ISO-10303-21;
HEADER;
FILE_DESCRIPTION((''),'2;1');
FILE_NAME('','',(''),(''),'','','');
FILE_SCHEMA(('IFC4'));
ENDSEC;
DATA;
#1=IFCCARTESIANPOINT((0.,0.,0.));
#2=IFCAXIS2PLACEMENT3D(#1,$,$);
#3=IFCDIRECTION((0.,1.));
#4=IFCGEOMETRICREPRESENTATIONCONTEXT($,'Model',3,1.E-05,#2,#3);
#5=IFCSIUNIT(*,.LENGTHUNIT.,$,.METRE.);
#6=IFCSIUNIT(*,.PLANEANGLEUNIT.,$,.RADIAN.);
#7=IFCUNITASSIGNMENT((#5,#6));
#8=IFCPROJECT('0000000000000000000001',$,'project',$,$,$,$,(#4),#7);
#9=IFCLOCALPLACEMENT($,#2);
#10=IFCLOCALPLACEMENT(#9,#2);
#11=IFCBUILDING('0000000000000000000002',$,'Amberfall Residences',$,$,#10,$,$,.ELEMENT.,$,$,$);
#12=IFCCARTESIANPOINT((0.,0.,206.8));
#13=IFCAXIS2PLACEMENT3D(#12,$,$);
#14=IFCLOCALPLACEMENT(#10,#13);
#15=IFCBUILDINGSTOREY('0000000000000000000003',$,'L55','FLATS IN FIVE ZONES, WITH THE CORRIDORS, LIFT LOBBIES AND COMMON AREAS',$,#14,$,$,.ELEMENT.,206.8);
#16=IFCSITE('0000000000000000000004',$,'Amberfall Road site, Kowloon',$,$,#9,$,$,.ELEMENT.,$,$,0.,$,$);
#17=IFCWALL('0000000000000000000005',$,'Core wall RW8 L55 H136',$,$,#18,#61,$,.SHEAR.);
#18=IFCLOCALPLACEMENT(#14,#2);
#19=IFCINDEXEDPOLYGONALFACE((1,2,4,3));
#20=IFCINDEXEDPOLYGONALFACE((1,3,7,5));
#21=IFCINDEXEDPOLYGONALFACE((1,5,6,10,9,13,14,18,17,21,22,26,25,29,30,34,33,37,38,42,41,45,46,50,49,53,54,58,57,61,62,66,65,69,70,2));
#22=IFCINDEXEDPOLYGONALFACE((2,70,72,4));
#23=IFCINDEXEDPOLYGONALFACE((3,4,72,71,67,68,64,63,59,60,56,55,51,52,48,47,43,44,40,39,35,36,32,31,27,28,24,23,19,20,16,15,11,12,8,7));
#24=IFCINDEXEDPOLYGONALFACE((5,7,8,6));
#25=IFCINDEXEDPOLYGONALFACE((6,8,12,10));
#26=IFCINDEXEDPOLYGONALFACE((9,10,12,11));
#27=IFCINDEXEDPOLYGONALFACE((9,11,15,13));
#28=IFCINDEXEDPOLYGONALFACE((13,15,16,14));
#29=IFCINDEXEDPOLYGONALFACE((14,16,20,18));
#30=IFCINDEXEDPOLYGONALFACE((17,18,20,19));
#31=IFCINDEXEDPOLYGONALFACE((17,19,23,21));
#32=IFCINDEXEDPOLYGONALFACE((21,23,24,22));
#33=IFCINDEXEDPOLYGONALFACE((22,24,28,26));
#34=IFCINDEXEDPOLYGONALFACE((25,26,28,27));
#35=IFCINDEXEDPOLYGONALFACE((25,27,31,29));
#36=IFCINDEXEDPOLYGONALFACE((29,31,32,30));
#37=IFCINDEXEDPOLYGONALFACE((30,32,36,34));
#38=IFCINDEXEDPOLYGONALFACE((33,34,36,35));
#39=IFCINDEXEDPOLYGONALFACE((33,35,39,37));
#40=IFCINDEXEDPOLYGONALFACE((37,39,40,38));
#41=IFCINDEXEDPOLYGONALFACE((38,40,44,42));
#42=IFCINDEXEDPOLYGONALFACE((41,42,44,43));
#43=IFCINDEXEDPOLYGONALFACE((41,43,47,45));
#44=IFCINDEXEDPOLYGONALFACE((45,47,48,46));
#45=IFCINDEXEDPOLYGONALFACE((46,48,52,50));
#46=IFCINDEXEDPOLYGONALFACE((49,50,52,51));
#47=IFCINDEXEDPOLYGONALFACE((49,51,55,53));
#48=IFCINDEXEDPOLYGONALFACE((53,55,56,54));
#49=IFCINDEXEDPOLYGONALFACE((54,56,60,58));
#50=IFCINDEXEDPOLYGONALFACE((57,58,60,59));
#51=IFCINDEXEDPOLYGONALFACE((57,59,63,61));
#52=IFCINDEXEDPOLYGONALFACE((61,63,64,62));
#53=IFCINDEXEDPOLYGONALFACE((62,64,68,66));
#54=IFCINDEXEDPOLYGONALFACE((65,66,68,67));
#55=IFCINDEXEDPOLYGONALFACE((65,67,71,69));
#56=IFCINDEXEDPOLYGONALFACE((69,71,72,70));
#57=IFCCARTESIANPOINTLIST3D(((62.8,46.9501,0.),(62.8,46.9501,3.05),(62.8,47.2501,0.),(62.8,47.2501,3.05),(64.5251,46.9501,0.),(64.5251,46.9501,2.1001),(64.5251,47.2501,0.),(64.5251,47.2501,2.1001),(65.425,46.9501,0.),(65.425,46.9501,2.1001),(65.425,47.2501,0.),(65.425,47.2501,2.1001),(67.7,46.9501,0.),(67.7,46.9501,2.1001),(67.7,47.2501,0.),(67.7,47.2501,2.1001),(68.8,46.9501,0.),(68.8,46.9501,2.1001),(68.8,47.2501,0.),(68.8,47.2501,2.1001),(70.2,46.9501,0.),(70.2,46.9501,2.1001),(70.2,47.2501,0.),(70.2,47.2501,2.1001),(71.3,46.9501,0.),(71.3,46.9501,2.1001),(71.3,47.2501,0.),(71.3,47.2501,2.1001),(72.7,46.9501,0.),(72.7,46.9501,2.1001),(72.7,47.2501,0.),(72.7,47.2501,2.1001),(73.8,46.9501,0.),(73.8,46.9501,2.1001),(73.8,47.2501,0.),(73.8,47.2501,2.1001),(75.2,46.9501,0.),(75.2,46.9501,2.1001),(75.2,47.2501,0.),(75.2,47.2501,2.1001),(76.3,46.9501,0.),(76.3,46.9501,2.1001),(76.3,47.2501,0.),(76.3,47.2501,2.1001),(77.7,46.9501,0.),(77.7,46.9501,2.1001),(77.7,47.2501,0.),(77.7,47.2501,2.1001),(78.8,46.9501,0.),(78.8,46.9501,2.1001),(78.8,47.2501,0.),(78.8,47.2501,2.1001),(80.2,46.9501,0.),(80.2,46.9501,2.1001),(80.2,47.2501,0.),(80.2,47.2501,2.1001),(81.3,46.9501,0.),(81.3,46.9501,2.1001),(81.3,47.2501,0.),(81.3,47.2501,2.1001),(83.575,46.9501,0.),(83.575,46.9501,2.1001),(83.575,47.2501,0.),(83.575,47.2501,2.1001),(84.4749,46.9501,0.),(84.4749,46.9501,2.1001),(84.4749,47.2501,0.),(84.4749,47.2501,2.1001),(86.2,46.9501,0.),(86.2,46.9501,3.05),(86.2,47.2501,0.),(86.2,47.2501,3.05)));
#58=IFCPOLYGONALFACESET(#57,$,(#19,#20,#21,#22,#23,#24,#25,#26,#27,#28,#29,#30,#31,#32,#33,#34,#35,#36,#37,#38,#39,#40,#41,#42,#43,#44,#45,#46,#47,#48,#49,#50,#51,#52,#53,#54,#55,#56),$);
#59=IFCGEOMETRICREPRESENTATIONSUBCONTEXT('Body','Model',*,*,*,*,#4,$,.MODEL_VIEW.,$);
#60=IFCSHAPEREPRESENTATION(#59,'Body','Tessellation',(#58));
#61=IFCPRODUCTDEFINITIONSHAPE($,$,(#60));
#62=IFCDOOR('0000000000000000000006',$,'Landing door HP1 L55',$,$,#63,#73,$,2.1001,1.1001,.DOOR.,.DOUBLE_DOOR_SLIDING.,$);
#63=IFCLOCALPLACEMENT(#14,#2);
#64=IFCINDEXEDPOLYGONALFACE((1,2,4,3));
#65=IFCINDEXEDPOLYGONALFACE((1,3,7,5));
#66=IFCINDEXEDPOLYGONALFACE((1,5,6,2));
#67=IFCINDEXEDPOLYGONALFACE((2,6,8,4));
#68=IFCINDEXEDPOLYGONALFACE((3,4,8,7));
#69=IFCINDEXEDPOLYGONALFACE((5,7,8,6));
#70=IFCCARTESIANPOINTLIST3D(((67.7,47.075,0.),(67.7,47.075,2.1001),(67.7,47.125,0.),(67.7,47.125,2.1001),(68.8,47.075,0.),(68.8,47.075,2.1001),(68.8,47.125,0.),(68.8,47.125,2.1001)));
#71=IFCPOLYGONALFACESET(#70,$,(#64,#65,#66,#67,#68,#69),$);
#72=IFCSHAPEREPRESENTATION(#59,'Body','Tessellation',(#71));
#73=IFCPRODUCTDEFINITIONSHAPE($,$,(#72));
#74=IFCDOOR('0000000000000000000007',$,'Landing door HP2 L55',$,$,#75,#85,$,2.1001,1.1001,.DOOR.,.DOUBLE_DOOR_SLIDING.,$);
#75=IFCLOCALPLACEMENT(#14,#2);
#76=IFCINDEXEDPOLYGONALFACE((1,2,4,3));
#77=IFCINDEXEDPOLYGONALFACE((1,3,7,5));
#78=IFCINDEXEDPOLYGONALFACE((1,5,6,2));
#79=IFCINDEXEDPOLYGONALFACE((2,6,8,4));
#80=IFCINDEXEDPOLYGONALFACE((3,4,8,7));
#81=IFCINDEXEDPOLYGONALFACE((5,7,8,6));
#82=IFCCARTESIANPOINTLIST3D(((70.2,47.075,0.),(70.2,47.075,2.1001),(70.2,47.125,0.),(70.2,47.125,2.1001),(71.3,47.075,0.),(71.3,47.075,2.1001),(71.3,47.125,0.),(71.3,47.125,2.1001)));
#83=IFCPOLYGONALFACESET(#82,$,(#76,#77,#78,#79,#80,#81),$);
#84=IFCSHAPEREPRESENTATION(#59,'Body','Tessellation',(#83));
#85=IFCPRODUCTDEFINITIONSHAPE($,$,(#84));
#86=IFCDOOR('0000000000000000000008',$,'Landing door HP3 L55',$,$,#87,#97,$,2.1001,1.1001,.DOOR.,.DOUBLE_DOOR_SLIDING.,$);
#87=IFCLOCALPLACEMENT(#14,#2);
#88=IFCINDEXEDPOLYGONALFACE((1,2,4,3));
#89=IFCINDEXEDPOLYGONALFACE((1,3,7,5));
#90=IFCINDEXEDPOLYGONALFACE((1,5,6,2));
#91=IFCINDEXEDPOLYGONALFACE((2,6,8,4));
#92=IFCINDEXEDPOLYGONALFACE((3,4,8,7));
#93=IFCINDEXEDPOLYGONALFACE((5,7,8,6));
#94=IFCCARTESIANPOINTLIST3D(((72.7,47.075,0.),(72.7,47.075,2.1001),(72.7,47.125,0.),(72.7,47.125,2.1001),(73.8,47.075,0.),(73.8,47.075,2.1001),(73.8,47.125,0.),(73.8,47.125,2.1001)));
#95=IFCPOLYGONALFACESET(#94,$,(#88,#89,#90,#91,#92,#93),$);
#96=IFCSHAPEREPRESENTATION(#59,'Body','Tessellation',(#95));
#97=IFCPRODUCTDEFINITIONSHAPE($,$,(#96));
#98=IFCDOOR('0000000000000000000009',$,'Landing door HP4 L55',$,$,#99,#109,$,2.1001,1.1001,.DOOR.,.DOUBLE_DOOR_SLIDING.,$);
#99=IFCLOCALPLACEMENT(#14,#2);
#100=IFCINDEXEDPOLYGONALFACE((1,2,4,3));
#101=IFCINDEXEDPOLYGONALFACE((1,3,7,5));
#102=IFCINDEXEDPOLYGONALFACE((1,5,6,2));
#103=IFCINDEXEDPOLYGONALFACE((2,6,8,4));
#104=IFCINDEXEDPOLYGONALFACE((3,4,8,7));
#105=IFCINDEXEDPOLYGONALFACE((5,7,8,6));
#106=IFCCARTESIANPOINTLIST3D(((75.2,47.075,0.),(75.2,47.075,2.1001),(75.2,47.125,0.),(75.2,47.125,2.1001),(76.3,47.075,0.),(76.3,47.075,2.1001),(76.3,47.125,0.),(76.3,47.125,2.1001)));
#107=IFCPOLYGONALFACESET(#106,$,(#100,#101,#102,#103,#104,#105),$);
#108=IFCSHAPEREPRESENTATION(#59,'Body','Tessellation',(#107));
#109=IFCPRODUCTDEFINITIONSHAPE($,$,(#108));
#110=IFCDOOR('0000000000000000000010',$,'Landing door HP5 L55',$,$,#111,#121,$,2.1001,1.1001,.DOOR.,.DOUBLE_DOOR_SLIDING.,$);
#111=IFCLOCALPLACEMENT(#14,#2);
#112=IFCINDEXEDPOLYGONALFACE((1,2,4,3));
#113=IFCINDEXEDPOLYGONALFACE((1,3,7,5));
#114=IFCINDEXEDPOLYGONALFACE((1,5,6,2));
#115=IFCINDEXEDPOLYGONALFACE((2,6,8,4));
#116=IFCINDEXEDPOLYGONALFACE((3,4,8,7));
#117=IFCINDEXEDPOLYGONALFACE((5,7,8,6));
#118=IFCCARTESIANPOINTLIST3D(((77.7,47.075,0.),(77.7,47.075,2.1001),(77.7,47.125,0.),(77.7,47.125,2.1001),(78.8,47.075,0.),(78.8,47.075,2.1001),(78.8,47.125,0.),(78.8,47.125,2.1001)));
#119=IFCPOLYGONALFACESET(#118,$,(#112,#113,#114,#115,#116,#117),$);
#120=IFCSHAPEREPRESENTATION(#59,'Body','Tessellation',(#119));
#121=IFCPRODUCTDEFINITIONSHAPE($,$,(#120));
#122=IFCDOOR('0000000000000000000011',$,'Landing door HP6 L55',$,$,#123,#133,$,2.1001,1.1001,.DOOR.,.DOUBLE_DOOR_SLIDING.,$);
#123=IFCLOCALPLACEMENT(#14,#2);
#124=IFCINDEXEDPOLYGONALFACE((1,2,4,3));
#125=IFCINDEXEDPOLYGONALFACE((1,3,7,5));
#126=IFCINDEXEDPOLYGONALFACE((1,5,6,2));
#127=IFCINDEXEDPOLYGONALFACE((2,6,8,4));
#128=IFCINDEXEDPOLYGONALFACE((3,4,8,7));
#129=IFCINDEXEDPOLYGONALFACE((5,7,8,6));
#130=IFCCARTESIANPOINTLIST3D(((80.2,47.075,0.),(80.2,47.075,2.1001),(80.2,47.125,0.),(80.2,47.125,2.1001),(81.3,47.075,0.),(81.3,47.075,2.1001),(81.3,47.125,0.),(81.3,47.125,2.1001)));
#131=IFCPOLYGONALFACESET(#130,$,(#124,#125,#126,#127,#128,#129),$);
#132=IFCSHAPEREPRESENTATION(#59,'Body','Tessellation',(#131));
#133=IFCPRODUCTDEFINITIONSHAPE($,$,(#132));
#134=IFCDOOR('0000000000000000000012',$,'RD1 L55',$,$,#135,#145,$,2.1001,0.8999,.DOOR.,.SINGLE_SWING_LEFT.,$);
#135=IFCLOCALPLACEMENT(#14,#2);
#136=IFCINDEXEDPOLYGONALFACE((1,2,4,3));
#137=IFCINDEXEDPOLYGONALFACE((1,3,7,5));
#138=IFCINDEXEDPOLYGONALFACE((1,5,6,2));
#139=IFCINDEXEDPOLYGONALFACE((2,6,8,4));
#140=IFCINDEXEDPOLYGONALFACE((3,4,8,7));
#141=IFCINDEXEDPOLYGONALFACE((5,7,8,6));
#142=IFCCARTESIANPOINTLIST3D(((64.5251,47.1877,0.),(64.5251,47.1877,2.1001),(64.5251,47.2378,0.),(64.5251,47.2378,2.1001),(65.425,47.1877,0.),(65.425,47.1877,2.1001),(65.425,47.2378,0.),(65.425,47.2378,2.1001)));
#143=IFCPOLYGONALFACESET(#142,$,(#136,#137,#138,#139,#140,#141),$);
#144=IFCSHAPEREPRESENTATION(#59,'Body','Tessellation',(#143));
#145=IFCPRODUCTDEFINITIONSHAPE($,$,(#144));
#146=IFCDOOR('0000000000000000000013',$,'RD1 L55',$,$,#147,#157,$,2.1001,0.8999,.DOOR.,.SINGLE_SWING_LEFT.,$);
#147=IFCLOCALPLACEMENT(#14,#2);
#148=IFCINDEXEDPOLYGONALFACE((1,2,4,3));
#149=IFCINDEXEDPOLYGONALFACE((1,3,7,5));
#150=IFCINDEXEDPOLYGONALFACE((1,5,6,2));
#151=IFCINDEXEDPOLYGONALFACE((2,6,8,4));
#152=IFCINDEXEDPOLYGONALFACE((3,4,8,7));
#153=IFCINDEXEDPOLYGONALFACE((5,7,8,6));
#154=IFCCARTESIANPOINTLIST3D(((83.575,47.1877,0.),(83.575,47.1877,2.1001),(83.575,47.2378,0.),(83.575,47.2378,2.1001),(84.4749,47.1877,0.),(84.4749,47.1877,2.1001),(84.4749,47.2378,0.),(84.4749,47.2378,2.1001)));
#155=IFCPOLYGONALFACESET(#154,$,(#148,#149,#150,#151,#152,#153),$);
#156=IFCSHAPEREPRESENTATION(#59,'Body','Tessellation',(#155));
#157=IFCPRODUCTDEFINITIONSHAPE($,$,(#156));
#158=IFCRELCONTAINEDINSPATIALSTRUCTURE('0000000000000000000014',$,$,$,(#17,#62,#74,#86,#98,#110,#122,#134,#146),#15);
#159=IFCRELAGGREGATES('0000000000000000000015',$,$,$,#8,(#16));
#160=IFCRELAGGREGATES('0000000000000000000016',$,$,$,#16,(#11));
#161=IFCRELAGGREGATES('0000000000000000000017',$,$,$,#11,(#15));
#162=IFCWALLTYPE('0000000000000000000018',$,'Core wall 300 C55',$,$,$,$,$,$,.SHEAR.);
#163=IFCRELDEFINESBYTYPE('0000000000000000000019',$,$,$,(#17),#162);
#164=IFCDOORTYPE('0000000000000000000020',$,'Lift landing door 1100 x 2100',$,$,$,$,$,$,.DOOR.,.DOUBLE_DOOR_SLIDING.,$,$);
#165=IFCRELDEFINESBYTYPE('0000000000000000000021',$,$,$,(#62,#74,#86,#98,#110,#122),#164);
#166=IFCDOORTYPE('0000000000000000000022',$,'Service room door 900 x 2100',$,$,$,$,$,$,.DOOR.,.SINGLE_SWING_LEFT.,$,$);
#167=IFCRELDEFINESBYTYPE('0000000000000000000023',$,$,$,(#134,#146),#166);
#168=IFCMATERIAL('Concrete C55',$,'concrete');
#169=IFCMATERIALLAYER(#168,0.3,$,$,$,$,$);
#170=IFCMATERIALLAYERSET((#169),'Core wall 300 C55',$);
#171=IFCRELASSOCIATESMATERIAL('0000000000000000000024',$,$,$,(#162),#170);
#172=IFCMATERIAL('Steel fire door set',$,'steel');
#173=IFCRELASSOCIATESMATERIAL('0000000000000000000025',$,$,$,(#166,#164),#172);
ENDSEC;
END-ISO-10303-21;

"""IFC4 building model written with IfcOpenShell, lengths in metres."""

from ifc_helpers import new_model, si_unit, direction, frame, frame_2d, origin, place, context, subcontext, project, spatial, rectangle, extrude, material, layer, layer_set, type_object, element, fill, save


model = new_model("IFC4")

# Units and contexts
model_context = context("Model", 3, precision=1e-05, world=origin(), true_north=direction((0.0, 1.0)))
body_context = subcontext(model_context, "Body", "Model", "MODEL_VIEW")
ifc_project = project(units=[si_unit("LENGTHUNIT", "METRE"), si_unit("PLANEANGLEUNIT", "RADIAN")], contexts=[model_context])

# Site, building, storey
site_placement = place(None, origin())
site = spatial("IfcSite", under=ifc_project, at=site_placement, Name="Amberfall Road site, Kowloon", CompositionType="ELEMENT", RefElevation=0.0)
building_placement = place(site_placement, origin())
building = spatial("IfcBuilding", under=site, at=building_placement, Name="Amberfall Residences", CompositionType="ELEMENT")
storey_placement = place(building_placement, frame((0.0, 0.0, 206.8)))
storey = spatial("IfcBuildingStorey", under=building, at=storey_placement, Name="L55", Description="FLATS IN FIVE ZONES, WITH THE CORRIDORS, LIFT LOBBIES AND COMMON AREAS", CompositionType="ELEMENT", Elevation=206.8)

# Wall, openings, doors
ifc_material_1 = material(Name="Concrete C55", Category="concrete")
ifc_layer_1 = layer(ifc_material_1, 0.3)
ifc_layer_set_1 = layer_set([ifc_layer_1], Name="Core wall 300 C55")
wall_type_1 = type_object("IfcWallType", Name="Core wall 300 C55", PredefinedType="SHEAR", material=ifc_layer_set_1)
ifc_material_2 = material(Name="Steel fire door set", Category="steel")
door_type_1 = type_object("IfcDoorType", Name="Service room door 900 x 2100", OperationType="SINGLE_SWING_LEFT", PredefinedType="DOOR", material=ifc_material_2)
wall_1_placement = place(storey_placement, frame((62.8, 47.1001, 0.0), z_axis=(0.0, 0.0, 1.0), x_axis=(1.0, 0.0, 0.0)))
wall_1 = element("IfcWall", 1, at=wall_1_placement, inside=storey, type_object=wall_type_1, Name="Core wall RW8 L55 H136", PredefinedType="SHEAR", context=body_context, shape_type="SweptSolid", body=[
    extrude(rectangle(XDim=23.3999, YDim=0.3, at=frame_2d((11.7, 0.0))), origin(), (0.0, 0.0, 1.0), 3.05),
])
opening_1_placement = place(wall_1_placement, frame((1.7251, 0.0, 0.0)))
opening_1 = element("IfcOpeningElement", 2, at=opening_1_placement, cuts=wall_1, PredefinedType="OPENING", context=body_context, shape_type="SweptSolid", body=[
    extrude(rectangle(XDim=0.8999, YDim=2.1001, at=frame_2d((0.45, 1.05))), frame((0.0, 0.1599, 0.0), z_axis=(0.0, -1.0, 0.0), x_axis=(1.0, 0.0, 0.0)), (0.0, 0.0, 1.0), 0.3201),
])
opening_2_placement = place(wall_1_placement, frame((20.7749, 0.0, 0.0)))
opening_2 = element("IfcOpeningElement", 3, at=opening_2_placement, cuts=wall_1, PredefinedType="OPENING", context=body_context, shape_type="SweptSolid", body=[
    extrude(rectangle(XDim=0.8999, YDim=2.1001, at=frame_2d((0.45, 1.05))), frame((0.0, 0.1599, 0.0), z_axis=(0.0, -1.0, 0.0), x_axis=(1.0, 0.0, 0.0)), (0.0, 0.0, 1.0), 0.3201),
])
opening_3_placement = place(wall_1_placement, frame((4.8999, 0.0, 0.0)))
opening_3 = element("IfcOpeningElement", 4, at=opening_3_placement, cuts=wall_1, PredefinedType="OPENING", context=body_context, shape_type="SweptSolid", body=[
    extrude(rectangle(XDim=1.1001, YDim=2.1001, at=frame_2d((0.55, 1.05))), frame((0.0, 0.1599, 0.0), z_axis=(0.0, -1.0, 0.0), x_axis=(1.0, 0.0, 0.0)), (0.0, 0.0, 1.0), 0.3201),
])
opening_4_placement = place(wall_1_placement, frame((7.3999, 0.0, 0.0)))
opening_4 = element("IfcOpeningElement", 5, at=opening_4_placement, cuts=wall_1, PredefinedType="OPENING", context=body_context, shape_type="SweptSolid", body=[
    extrude(rectangle(XDim=1.1001, YDim=2.1001, at=frame_2d((0.55, 1.05))), frame((0.0, 0.1599, 0.0), z_axis=(0.0, -1.0, 0.0), x_axis=(1.0, 0.0, 0.0)), (0.0, 0.0, 1.0), 0.3201),
])
opening_5_placement = place(wall_1_placement, frame((9.8999, 0.0, 0.0)))
opening_5 = element("IfcOpeningElement", 6, at=opening_5_placement, cuts=wall_1, PredefinedType="OPENING", context=body_context, shape_type="SweptSolid", body=[
    extrude(rectangle(XDim=1.1001, YDim=2.1001, at=frame_2d((0.55, 1.05))), frame((0.0, 0.1599, 0.0), z_axis=(0.0, -1.0, 0.0), x_axis=(1.0, 0.0, 0.0)), (0.0, 0.0, 1.0), 0.3201),
])
opening_6_placement = place(wall_1_placement, frame((12.3999, 0.0, 0.0)))
opening_6 = element("IfcOpeningElement", 7, at=opening_6_placement, cuts=wall_1, PredefinedType="OPENING", context=body_context, shape_type="SweptSolid", body=[
    extrude(rectangle(XDim=1.1001, YDim=2.1001, at=frame_2d((0.55, 1.05))), frame((0.0, 0.1599, 0.0), z_axis=(0.0, -1.0, 0.0), x_axis=(1.0, 0.0, 0.0)), (0.0, 0.0, 1.0), 0.3201),
])
opening_7_placement = place(wall_1_placement, frame((14.8999, 0.0, 0.0)))
opening_7 = element("IfcOpeningElement", 8, at=opening_7_placement, cuts=wall_1, PredefinedType="OPENING", context=body_context, shape_type="SweptSolid", body=[
    extrude(rectangle(XDim=1.1001, YDim=2.1001, at=frame_2d((0.55, 1.05))), frame((0.0, 0.1599, 0.0), z_axis=(0.0, -1.0, 0.0), x_axis=(1.0, 0.0, 0.0)), (0.0, 0.0, 1.0), 0.3201),
])
opening_8_placement = place(wall_1_placement, frame((17.3999, 0.0, 0.0)))
opening_8 = element("IfcOpeningElement", 9, at=opening_8_placement, cuts=wall_1, PredefinedType="OPENING", context=body_context, shape_type="SweptSolid", body=[
    extrude(rectangle(XDim=1.1001, YDim=2.1001, at=frame_2d((0.55, 1.05))), frame((0.0, 0.1599, 0.0), z_axis=(0.0, -1.0, 0.0), x_axis=(1.0, 0.0, 0.0)), (0.0, 0.0, 1.0), 0.3201),
])
door_type_2 = type_object("IfcDoorType", Name="Lift landing door 1100 x 2100", OperationType="DOUBLE_DOOR_SLIDING", PredefinedType="DOOR", material=ifc_material_2)
door_1_placement = place(opening_3_placement, origin())
door_1 = element("IfcDoor", 10, at=door_1_placement, inside=storey, type_object=door_type_2, Name="Landing door HP1 L55", OperationType="DOUBLE_DOOR_SLIDING", OverallHeight=2.1001, OverallWidth=1.1001, PredefinedType="DOOR", context=body_context, shape_type="SweptSolid", body=[
    extrude(rectangle(XDim=1.1001, YDim=2.1001, at=frame_2d((0.55, 1.05))), frame((0.0, 0.0249, 0.0), z_axis=(0.0, -1.0, 0.0), x_axis=(1.0, 0.0, 0.0)), (0.0, 0.0, 1.0), 0.05),
])
fill(opening_3, door_1)
door_2_placement = place(opening_4_placement, origin())
door_2 = element("IfcDoor", 11, at=door_2_placement, inside=storey, type_object=door_type_2, Name="Landing door HP2 L55", OperationType="DOUBLE_DOOR_SLIDING", OverallHeight=2.1001, OverallWidth=1.1001, PredefinedType="DOOR", context=body_context, shape_type="SweptSolid", body=[
    extrude(rectangle(XDim=1.1001, YDim=2.1001, at=frame_2d((0.55, 1.05))), frame((0.0, 0.0249, 0.0), z_axis=(0.0, -1.0, 0.0), x_axis=(1.0, 0.0, 0.0)), (0.0, 0.0, 1.0), 0.05),
])
fill(opening_4, door_2)
door_3_placement = place(opening_5_placement, origin())
door_3 = element("IfcDoor", 12, at=door_3_placement, inside=storey, type_object=door_type_2, Name="Landing door HP3 L55", OperationType="DOUBLE_DOOR_SLIDING", OverallHeight=2.1001, OverallWidth=1.1001, PredefinedType="DOOR", context=body_context, shape_type="SweptSolid", body=[
    extrude(rectangle(XDim=1.1001, YDim=2.1001, at=frame_2d((0.55, 1.05))), frame((0.0, 0.0249, 0.0), z_axis=(0.0, -1.0, 0.0), x_axis=(1.0, 0.0, 0.0)), (0.0, 0.0, 1.0), 0.05),
])
fill(opening_5, door_3)
door_4_placement = place(opening_6_placement, origin())
door_4 = element("IfcDoor", 13, at=door_4_placement, inside=storey, type_object=door_type_2, Name="Landing door HP4 L55", OperationType="DOUBLE_DOOR_SLIDING", OverallHeight=2.1001, OverallWidth=1.1001, PredefinedType="DOOR", context=body_context, shape_type="SweptSolid", body=[
    extrude(rectangle(XDim=1.1001, YDim=2.1001, at=frame_2d((0.55, 1.05))), frame((0.0, 0.0249, 0.0), z_axis=(0.0, -1.0, 0.0), x_axis=(1.0, 0.0, 0.0)), (0.0, 0.0, 1.0), 0.05),
])
fill(opening_6, door_4)
door_5_placement = place(opening_7_placement, origin())
door_5 = element("IfcDoor", 14, at=door_5_placement, inside=storey, type_object=door_type_2, Name="Landing door HP5 L55", OperationType="DOUBLE_DOOR_SLIDING", OverallHeight=2.1001, OverallWidth=1.1001, PredefinedType="DOOR", context=body_context, shape_type="SweptSolid", body=[
    extrude(rectangle(XDim=1.1001, YDim=2.1001, at=frame_2d((0.55, 1.05))), frame((0.0, 0.0249, 0.0), z_axis=(0.0, -1.0, 0.0), x_axis=(1.0, 0.0, 0.0)), (0.0, 0.0, 1.0), 0.05),
])
fill(opening_7, door_5)
door_6_placement = place(opening_8_placement, origin())
door_6 = element("IfcDoor", 15, at=door_6_placement, inside=storey, type_object=door_type_2, Name="Landing door HP6 L55", OperationType="DOUBLE_DOOR_SLIDING", OverallHeight=2.1001, OverallWidth=1.1001, PredefinedType="DOOR", context=body_context, shape_type="SweptSolid", body=[
    extrude(rectangle(XDim=1.1001, YDim=2.1001, at=frame_2d((0.55, 1.05))), frame((0.0, 0.0249, 0.0), z_axis=(0.0, -1.0, 0.0), x_axis=(1.0, 0.0, 0.0)), (0.0, 0.0, 1.0), 0.05),
])
fill(opening_8, door_6)
door_7_placement = place(opening_1_placement, origin())
door_7 = element("IfcDoor", 16, at=door_7_placement, inside=storey, type_object=door_type_1, Name="RD1 L55", OperationType="SINGLE_SWING_LEFT", OverallHeight=2.1001, OverallWidth=0.8999, PredefinedType="DOOR", context=body_context, shape_type="SweptSolid", body=[
    extrude(rectangle(XDim=0.8999, YDim=2.1001, at=frame_2d((0.45, 1.05))), frame((0.0, 0.1377, 0.0), z_axis=(0.0, -1.0, 0.0), x_axis=(1.0, 0.0, 0.0)), (0.0, 0.0, 1.0), 0.05),
])
fill(opening_1, door_7)
door_8_placement = place(opening_2_placement, origin())
door_8 = element("IfcDoor", 17, at=door_8_placement, inside=storey, type_object=door_type_1, Name="RD1 L55", OperationType="SINGLE_SWING_LEFT", OverallHeight=2.1001, OverallWidth=0.8999, PredefinedType="DOOR", context=body_context, shape_type="SweptSolid", body=[
    extrude(rectangle(XDim=0.8999, YDim=2.1001, at=frame_2d((0.45, 1.05))), frame((0.0, 0.1377, 0.0), z_axis=(0.0, -1.0, 0.0), x_axis=(1.0, 0.0, 0.0)), (0.0, 0.0, 1.0), 0.05),
])
fill(opening_2, door_8)

save(model, "model.ifc")
